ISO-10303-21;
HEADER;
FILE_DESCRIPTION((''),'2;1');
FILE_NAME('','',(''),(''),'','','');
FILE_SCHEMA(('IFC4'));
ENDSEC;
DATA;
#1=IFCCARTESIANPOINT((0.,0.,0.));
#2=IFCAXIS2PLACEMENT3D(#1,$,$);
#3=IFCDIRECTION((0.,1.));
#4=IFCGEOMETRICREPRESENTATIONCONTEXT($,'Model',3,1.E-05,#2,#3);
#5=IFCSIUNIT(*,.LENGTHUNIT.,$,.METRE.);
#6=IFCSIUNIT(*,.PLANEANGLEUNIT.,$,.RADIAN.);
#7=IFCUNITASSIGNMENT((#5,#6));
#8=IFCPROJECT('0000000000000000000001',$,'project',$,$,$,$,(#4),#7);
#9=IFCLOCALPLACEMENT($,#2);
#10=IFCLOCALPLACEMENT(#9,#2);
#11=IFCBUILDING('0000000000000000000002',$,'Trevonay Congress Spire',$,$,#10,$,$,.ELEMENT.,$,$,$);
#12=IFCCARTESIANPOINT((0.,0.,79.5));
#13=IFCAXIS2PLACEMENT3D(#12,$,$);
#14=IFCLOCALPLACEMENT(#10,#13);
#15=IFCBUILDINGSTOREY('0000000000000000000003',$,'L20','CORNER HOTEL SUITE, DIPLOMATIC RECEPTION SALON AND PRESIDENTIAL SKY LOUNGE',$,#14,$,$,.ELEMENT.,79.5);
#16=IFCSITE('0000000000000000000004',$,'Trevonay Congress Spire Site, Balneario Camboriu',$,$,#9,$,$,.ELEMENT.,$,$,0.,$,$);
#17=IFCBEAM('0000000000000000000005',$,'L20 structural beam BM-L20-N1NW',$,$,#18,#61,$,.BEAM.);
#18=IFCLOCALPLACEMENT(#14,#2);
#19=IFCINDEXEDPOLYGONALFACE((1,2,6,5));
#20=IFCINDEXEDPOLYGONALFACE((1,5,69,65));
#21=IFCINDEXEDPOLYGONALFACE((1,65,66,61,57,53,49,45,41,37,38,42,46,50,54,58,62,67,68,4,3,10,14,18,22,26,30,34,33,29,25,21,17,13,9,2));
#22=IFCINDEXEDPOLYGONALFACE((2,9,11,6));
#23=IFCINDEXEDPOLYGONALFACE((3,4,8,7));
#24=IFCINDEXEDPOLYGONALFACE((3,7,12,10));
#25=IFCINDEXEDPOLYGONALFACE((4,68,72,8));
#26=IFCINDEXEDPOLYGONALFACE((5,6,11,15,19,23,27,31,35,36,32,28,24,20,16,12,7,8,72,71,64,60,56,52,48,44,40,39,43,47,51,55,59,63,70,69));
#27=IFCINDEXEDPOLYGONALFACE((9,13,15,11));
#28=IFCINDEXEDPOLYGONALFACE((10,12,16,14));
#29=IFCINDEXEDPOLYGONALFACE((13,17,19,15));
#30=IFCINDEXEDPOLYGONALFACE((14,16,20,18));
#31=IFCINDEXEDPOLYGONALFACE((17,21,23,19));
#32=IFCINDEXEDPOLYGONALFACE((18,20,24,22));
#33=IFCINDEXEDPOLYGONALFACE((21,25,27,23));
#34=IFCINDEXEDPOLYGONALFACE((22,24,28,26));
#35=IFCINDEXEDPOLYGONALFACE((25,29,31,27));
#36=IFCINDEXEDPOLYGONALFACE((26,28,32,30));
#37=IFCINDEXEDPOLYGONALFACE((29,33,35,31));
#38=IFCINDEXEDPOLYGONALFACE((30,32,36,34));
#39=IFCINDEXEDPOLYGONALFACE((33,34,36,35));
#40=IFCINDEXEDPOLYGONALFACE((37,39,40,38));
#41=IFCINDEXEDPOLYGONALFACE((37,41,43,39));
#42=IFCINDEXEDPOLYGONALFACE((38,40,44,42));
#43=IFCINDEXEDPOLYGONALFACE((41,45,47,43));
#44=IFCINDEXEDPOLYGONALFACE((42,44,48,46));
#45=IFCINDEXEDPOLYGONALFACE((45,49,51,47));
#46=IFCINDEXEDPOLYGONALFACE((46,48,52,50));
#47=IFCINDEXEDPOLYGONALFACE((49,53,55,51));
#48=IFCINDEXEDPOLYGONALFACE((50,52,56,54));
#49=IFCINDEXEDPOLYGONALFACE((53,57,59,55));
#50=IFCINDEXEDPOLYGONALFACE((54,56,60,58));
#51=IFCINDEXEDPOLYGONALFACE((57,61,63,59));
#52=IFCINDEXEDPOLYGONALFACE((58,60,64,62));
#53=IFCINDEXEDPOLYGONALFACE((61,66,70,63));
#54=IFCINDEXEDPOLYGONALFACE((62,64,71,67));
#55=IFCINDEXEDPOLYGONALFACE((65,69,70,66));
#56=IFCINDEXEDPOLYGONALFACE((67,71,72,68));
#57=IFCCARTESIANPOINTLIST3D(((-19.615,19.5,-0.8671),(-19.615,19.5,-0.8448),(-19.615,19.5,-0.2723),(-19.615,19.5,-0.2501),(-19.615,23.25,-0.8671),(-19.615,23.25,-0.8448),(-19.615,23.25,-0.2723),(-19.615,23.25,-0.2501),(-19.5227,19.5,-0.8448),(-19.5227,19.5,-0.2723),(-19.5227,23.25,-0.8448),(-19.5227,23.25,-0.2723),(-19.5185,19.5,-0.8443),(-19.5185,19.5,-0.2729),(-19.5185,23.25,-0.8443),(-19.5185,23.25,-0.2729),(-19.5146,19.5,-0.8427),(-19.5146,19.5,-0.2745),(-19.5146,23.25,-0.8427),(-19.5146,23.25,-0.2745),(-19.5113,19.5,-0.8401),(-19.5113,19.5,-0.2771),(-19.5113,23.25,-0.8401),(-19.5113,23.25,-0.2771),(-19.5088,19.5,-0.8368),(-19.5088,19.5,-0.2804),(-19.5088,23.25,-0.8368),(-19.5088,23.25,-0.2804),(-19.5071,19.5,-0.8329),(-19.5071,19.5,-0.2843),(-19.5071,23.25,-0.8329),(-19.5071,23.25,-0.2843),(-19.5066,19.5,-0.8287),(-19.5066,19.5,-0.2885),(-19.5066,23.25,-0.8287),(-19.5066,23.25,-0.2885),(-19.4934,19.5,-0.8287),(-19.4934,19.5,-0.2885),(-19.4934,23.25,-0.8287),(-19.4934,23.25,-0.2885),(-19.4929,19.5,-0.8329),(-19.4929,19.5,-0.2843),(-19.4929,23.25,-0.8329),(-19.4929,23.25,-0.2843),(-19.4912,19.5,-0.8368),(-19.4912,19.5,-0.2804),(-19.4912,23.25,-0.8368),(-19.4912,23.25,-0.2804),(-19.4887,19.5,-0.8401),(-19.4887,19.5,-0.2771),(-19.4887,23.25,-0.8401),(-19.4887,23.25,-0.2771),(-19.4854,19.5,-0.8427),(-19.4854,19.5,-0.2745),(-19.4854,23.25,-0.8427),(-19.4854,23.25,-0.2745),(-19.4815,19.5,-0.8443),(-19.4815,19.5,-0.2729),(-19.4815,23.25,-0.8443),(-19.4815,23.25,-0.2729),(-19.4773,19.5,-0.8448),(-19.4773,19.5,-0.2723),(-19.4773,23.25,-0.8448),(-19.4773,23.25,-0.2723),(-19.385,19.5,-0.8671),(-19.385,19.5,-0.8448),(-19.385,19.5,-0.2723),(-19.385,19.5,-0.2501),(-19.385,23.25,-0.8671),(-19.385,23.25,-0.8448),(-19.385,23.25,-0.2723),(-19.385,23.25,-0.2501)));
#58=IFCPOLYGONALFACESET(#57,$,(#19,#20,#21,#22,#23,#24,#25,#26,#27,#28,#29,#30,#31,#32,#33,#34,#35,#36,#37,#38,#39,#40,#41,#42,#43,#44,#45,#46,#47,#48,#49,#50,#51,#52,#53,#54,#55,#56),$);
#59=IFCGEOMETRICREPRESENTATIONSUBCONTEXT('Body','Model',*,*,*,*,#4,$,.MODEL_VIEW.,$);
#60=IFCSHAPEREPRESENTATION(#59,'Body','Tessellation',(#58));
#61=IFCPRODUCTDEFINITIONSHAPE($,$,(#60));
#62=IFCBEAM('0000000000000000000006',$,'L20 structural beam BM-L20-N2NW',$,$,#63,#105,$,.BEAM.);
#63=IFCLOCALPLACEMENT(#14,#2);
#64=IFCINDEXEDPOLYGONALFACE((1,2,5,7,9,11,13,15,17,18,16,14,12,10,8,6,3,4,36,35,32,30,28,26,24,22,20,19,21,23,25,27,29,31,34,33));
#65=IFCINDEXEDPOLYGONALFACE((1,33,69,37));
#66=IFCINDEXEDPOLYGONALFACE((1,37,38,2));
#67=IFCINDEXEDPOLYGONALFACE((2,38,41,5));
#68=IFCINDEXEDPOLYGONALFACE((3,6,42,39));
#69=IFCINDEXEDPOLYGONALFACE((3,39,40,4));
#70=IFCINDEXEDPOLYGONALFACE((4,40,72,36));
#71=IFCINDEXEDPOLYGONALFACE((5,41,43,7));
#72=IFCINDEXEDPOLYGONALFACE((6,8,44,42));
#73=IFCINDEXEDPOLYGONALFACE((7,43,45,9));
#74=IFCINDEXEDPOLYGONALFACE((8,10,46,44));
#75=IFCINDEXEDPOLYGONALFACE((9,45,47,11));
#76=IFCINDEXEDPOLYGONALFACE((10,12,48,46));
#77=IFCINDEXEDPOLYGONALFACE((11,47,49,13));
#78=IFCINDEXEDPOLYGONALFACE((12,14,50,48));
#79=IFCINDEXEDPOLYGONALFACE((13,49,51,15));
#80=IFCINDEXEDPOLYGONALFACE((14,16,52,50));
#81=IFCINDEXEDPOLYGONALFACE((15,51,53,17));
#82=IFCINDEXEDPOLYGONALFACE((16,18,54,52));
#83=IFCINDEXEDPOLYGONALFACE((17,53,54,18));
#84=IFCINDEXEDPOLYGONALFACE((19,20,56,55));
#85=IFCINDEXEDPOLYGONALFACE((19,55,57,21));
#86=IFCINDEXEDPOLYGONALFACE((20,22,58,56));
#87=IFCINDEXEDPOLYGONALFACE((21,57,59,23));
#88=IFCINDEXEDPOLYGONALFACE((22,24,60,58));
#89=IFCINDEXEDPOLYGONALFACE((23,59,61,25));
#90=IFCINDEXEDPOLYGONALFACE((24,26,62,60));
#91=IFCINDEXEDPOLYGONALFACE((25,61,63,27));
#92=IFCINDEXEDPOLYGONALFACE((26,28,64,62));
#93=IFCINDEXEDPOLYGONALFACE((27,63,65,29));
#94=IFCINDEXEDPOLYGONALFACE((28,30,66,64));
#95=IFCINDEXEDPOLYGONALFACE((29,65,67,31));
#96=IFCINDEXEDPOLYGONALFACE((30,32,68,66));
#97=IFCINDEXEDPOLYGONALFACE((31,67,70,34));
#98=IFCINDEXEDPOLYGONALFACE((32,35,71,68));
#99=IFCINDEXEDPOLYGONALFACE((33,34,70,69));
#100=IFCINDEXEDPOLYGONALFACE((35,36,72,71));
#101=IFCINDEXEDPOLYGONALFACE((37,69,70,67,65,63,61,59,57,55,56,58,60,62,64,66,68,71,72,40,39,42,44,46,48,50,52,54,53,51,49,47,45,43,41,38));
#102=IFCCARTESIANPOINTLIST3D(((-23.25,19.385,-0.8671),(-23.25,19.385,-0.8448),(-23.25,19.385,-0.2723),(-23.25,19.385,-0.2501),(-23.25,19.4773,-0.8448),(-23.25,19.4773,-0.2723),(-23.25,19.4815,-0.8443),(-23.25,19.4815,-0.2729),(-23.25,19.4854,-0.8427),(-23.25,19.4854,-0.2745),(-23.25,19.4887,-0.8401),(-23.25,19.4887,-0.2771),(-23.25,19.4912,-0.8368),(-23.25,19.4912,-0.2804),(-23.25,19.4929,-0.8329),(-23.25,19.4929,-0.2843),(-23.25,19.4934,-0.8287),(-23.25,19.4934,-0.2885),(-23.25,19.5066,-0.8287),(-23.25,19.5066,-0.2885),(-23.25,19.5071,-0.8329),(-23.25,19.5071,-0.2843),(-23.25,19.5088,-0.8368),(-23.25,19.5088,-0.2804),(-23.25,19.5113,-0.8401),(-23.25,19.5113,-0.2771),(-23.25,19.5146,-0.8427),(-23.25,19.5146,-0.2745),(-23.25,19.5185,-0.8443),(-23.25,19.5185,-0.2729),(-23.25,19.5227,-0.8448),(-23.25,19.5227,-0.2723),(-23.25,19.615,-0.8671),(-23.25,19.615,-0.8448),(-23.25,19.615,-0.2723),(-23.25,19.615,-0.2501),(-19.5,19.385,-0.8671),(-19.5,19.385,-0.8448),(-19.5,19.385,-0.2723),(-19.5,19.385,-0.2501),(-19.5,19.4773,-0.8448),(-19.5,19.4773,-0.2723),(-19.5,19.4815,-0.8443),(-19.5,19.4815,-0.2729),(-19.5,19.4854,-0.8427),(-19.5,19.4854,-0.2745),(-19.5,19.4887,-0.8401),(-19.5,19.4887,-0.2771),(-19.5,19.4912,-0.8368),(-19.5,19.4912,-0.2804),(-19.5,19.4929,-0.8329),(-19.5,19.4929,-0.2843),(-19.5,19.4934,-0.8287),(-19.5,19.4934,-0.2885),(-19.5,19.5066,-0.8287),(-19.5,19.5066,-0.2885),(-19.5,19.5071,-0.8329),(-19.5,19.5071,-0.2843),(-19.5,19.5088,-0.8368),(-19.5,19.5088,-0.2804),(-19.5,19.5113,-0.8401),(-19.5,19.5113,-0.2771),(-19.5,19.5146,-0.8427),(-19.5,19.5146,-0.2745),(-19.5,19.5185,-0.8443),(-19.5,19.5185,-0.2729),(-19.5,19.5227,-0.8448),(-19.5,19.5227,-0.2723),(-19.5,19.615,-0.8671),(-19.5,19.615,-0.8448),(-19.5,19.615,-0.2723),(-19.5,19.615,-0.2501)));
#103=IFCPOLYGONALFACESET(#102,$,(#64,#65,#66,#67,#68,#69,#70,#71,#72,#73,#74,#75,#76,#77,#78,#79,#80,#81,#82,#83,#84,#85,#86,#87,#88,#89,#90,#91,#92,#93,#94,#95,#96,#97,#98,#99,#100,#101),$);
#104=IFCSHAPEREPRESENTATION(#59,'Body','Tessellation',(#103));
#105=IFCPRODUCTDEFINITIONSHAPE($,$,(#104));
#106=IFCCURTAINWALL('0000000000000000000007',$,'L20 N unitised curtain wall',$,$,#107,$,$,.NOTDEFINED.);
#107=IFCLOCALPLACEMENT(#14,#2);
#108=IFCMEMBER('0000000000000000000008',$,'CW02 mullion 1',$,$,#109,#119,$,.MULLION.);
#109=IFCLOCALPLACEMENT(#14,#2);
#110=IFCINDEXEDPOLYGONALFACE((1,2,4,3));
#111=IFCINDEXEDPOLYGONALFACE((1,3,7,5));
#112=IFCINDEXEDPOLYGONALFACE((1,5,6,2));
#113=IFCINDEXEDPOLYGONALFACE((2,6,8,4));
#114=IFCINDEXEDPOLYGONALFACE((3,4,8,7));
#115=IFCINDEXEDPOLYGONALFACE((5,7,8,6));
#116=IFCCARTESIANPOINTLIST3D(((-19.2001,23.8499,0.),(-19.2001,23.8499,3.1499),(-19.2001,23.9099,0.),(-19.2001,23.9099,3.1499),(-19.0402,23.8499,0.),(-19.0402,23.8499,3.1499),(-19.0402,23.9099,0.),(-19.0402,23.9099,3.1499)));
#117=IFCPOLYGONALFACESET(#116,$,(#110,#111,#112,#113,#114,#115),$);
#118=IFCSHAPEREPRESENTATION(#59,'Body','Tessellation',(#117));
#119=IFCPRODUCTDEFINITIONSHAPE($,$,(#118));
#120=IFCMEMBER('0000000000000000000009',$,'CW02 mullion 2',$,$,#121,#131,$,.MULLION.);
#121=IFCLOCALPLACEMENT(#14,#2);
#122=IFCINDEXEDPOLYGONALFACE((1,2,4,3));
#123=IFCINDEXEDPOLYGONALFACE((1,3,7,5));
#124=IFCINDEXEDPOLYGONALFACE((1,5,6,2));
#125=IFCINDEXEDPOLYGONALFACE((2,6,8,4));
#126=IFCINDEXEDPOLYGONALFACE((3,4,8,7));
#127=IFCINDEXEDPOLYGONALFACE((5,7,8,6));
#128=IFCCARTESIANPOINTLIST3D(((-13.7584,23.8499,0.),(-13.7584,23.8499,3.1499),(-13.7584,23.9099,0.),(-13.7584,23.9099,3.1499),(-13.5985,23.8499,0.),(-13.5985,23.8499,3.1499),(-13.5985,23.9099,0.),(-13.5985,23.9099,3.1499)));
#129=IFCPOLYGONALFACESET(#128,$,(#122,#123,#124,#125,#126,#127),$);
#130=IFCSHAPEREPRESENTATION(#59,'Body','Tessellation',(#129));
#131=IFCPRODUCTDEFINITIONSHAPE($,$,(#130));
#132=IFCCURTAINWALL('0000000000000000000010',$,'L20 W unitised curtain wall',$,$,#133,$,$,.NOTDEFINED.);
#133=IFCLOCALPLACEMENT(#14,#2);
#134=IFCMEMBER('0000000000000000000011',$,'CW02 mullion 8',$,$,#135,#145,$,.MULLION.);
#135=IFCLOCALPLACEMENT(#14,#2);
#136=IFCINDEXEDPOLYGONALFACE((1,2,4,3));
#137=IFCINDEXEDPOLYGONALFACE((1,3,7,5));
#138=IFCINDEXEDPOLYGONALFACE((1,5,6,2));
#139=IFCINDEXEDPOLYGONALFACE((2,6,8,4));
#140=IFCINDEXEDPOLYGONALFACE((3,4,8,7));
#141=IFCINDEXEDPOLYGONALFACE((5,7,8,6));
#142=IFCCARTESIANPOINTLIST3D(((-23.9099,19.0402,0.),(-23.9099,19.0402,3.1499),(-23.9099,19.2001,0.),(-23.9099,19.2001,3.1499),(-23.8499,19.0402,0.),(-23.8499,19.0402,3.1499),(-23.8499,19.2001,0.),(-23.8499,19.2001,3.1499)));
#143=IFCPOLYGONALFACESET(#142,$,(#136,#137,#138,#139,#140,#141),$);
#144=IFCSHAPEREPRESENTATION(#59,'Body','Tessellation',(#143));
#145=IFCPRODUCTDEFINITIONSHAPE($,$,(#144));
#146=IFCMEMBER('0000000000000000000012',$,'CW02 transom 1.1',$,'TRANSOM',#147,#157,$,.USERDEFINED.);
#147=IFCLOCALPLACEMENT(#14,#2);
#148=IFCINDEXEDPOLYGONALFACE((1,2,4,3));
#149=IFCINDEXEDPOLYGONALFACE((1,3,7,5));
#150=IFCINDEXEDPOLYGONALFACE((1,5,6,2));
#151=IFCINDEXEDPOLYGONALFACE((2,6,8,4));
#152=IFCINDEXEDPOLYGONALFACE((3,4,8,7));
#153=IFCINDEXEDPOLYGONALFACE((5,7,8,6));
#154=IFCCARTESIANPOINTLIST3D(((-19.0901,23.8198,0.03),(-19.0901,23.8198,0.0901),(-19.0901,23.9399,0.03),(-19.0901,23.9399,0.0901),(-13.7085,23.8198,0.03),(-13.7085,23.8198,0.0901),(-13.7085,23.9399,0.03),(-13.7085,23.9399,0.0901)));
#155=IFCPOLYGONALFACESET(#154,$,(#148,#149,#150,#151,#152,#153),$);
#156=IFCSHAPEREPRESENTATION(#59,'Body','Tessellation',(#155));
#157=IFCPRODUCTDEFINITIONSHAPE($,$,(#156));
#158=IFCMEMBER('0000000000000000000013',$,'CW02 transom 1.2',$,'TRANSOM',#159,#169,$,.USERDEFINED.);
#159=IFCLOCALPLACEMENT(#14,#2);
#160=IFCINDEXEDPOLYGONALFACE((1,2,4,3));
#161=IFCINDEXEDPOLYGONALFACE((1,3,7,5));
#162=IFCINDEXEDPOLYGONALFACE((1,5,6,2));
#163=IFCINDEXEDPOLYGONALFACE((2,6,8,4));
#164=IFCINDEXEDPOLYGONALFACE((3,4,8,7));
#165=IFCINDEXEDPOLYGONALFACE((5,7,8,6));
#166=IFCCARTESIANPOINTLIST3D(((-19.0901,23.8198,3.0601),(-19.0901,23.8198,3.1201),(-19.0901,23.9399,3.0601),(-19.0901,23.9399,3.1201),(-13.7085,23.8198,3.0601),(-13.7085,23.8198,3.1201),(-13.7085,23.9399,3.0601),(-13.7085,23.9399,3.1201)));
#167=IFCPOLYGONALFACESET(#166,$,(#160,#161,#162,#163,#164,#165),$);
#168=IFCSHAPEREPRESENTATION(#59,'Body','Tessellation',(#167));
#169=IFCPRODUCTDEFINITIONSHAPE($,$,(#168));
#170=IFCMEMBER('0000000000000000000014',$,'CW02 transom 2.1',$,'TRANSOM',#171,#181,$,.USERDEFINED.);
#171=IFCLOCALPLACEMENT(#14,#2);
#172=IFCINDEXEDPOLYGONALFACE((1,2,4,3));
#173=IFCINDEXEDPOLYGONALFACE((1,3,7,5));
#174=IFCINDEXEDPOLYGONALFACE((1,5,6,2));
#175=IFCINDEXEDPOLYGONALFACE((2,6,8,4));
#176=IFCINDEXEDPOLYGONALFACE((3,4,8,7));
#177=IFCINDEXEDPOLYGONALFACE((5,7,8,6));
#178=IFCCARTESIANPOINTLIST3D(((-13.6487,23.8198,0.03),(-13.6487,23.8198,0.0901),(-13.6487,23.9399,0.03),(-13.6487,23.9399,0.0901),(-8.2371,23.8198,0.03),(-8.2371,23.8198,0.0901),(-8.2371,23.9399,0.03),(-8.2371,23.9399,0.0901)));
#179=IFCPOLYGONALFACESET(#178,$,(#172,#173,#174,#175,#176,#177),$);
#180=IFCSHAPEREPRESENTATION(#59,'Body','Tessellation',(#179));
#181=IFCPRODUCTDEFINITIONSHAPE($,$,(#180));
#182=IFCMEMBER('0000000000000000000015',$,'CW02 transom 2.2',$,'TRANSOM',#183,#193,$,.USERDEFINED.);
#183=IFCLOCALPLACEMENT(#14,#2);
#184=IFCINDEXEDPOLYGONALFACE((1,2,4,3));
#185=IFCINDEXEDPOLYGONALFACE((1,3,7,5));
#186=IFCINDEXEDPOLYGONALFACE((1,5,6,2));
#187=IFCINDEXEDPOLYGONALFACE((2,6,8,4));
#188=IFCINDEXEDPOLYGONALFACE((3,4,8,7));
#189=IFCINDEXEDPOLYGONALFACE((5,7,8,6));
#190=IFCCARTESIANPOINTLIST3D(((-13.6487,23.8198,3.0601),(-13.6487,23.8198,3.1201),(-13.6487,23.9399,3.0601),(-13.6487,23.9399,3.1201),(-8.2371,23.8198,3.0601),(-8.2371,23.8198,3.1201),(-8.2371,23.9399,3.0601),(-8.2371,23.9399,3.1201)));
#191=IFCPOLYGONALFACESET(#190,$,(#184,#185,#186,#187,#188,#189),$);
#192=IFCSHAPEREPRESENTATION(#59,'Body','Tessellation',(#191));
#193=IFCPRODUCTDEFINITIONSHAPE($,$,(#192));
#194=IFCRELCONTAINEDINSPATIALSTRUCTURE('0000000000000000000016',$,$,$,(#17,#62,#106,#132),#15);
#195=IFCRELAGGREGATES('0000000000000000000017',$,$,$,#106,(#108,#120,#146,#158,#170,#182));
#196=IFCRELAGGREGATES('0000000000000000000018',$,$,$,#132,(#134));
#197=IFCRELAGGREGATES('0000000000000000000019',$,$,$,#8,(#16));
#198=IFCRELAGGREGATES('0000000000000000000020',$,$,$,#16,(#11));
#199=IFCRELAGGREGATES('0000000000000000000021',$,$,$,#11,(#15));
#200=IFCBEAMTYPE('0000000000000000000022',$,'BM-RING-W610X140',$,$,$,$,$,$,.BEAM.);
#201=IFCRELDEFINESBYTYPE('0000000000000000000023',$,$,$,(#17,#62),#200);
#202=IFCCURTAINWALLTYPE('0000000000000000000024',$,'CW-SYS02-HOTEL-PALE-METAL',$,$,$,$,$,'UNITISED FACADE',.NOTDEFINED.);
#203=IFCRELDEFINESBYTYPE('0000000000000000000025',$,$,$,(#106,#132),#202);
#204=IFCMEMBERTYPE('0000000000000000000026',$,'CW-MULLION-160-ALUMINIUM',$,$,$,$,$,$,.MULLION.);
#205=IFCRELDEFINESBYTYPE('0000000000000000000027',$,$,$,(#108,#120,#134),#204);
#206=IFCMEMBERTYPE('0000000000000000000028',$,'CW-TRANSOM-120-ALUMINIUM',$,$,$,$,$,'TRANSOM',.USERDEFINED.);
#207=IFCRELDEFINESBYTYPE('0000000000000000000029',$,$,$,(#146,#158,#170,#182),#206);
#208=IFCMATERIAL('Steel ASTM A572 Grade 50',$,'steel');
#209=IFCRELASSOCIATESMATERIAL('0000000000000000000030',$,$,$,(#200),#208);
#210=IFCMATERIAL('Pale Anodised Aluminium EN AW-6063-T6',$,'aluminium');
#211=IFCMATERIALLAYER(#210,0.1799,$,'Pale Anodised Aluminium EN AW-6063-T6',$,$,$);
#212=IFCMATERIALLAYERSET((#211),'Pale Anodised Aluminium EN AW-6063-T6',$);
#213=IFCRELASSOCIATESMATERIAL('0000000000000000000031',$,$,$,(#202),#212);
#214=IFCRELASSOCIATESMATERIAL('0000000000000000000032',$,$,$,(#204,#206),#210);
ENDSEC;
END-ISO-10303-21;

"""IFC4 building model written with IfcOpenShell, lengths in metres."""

from ifc_helpers import new_model, si_unit, direction, frame, origin, origin_2d, place, context, subcontext, project, spatial, rectangle, i_section, extrude, material, layer, layer_set, material_profile, profile_set, type_object, element, aggregate, save


model = new_model("IFC4")

# Units and contexts
model_context = context("Model", 3, precision=1e-05, world=origin(), true_north=direction((0.0, 1.0)))
body_context = subcontext(model_context, "Body", "Model", "MODEL_VIEW")
ifc_project = project(units=[si_unit("LENGTHUNIT", "METRE"), si_unit("PLANEANGLEUNIT", "RADIAN")], contexts=[model_context])

# Site, building, storey
site_placement = place(None, origin())
site = spatial("IfcSite", under=ifc_project, at=site_placement, Name="Trevonay Congress Spire Site, Balneario Camboriu", CompositionType="ELEMENT", RefElevation=0.0)
building_placement = place(site_placement, origin())
building = spatial("IfcBuilding", under=site, at=building_placement, Name="Trevonay Congress Spire", CompositionType="ELEMENT")
storey_placement = place(building_placement, frame((0.0, 0.0, 79.5)))
storey = spatial("IfcBuildingStorey", under=building, at=storey_placement, Name="L20", Description="CORNER HOTEL SUITE, DIPLOMATIC RECEPTION SALON AND PRESIDENTIAL SKY LOUNGE", CompositionType="ELEMENT", Elevation=79.5)

# Shared definitions
ifc_material_1 = material(Name="Steel ASTM A572 Grade 50", Category="steel")

# Beams
ifc_material_profile_1 = material_profile(ifc_material_1, i_section(OverallWidth=0.23, OverallDepth=0.6169, WebThickness=0.0132, FlangeThickness=0.0222, FilletRadius=0.0161, at=origin_2d()), Name="W610x140")
ifc_profile_set_1 = profile_set([ifc_material_profile_1], Name="Steel ASTM A572 Grade 50")
beam_type_1 = type_object("IfcBeamType", Name="BM-RING-W610X140", PredefinedType="BEAM", material=ifc_profile_set_1)
for number, where, z_axis, x_axis, name in (
    (1, (-19.5, 23.25, -0.5586), (0.0, -1.0, 0.0), (1.0, 0.0, 0.0), "L20 structural beam BM-L20-N1NW"),
    (2, (-23.25, 19.5, -0.5586), (1.0, 0.0, 0.0), (0.0, 1.0, 0.0), "L20 structural beam BM-L20-N2NW"),
):
    element("IfcBeam", number, at=place(storey_placement, frame(where, z_axis=z_axis, x_axis=x_axis)), inside=storey, type_object=beam_type_1, Name=name, PredefinedType="BEAM", context=body_context, shape_type="SweptSolid", body=[
        extrude(i_section(OverallWidth=0.23, OverallDepth=0.6169, WebThickness=0.0132, FlangeThickness=0.0222, FilletRadius=0.0161, at=origin_2d()), origin(), (0.0, 0.0, 1.0), 3.75),
    ])

# Curtain wall, members
ifc_material_2 = material(Name="Pale Anodised Aluminium EN AW-6063-T6", Category="aluminium")
ifc_layer_1 = layer(ifc_material_2, 0.1799, Name="Pale Anodised Aluminium EN AW-6063-T6")
ifc_layer_set_1 = layer_set([ifc_layer_1], Name="Pale Anodised Aluminium EN AW-6063-T6")
curtain_wall_type = type_object("IfcCurtainWallType", Name="CW-SYS02-HOTEL-PALE-METAL", ElementType="UNITISED FACADE", PredefinedType="NOTDEFINED", material=ifc_layer_set_1)
curtain_wall_1_placement = place(storey_placement, origin())
curtain_wall_1 = element("IfcCurtainWall", 3, at=curtain_wall_1_placement, inside=storey, type_object=curtain_wall_type, Name="L20 N unitised curtain wall", PredefinedType="NOTDEFINED")
ifc_material_profile_2 = material_profile(ifc_material_2, rectangle(XDim=0.0601, YDim=0.1599, at=origin_2d()), Name="CW-MULLION-160-ALUMINIUM")
ifc_profile_set_2 = profile_set([ifc_material_profile_2], Name="Pale Anodised Aluminium EN AW-6063-T6")
member_type_1 = type_object("IfcMemberType", Name="CW-MULLION-160-ALUMINIUM", PredefinedType="MULLION", material=ifc_profile_set_2)
member_1_placement = place(storey_placement, frame((-19.1201, 23.8799, 0.0), z_axis=(0.0, 0.0, 1.0), x_axis=(0.0, 1.0, 0.0)))
member_1 = element("IfcMember", 4, at=member_1_placement, type_object=member_type_1, Name="CW02 mullion 1", PredefinedType="MULLION", context=body_context, shape_type="SweptSolid", body=[
    extrude(rectangle(XDim=0.0601, YDim=0.1599, at=origin_2d()), origin(), (0.0, 0.0, 1.0), 3.1499),
])
member_2_placement = place(storey_placement, frame((-13.6785, 23.8799, 0.0), z_axis=(0.0, 0.0, 1.0), x_axis=(0.0, 1.0, 0.0)))
member_2 = element("IfcMember", 5, at=member_2_placement, type_object=member_type_1, Name="CW02 mullion 2", PredefinedType="MULLION", context=body_context, shape_type="SweptSolid", body=[
    extrude(rectangle(XDim=0.0601, YDim=0.1599, at=origin_2d()), origin(), (0.0, 0.0, 1.0), 3.1499),
])

# Curtain wall, member
curtain_wall_2_placement = place(storey_placement, origin())
curtain_wall_2 = element("IfcCurtainWall", 6, at=curtain_wall_2_placement, inside=storey, type_object=curtain_wall_type, Name="L20 W unitised curtain wall", PredefinedType="NOTDEFINED")
member_3_placement = place(storey_placement, frame((-23.8799, 19.1201, 0.0), z_axis=(0.0, 0.0, 1.0), x_axis=(-1.0, 0.0, 0.0)))
member_3 = element("IfcMember", 7, at=member_3_placement, type_object=member_type_1, Name="CW02 mullion 8", PredefinedType="MULLION", context=body_context, shape_type="SweptSolid", body=[
    extrude(rectangle(XDim=0.0601, YDim=0.1599, at=origin_2d()), origin(), (0.0, 0.0, 1.0), 3.1499),
])

# Members
ifc_material_profile_3 = material_profile(ifc_material_2, rectangle(XDim=0.1201, YDim=0.0601, at=origin_2d()), Name="CW-TRANSOM-120-ALUMINIUM")
ifc_profile_set_3 = profile_set([ifc_material_profile_3], Name="Pale Anodised Aluminium EN AW-6063-T6")
member_type_2 = type_object("IfcMemberType", Name="CW-TRANSOM-120-ALUMINIUM", ElementType="TRANSOM", PredefinedType="USERDEFINED", material=ifc_profile_set_3)
member_4_placement = place(storey_placement, frame((-19.0901, 23.8799, 0.0601), z_axis=(1.0, 0.0, 0.0), x_axis=(0.0, 1.0, 0.0)))
member_4 = element("IfcMember", 8, at=member_4_placement, type_object=member_type_2, Name="CW02 transom 1.1", ObjectType="TRANSOM", PredefinedType="USERDEFINED", context=body_context, shape_type="SweptSolid", body=[
    extrude(rectangle(XDim=0.1201, YDim=0.0601, at=origin_2d()), origin(), (0.0, 0.0, 1.0), 5.3816),
])
member_5_placement = place(storey_placement, frame((-19.0901, 23.8799, 3.0901), z_axis=(1.0, 0.0, 0.0), x_axis=(0.0, 1.0, 0.0)))
member_5 = element("IfcMember", 9, at=member_5_placement, type_object=member_type_2, Name="CW02 transom 1.2", ObjectType="TRANSOM", PredefinedType="USERDEFINED", context=body_context, shape_type="SweptSolid", body=[
    extrude(rectangle(XDim=0.1201, YDim=0.0601, at=origin_2d()), origin(), (0.0, 0.0, 1.0), 5.3816),
])
member_6_placement = place(storey_placement, frame((-13.6487, 23.8799, 0.0601), z_axis=(1.0, 0.0, 0.0), x_axis=(0.0, 1.0, 0.0)))
member_6 = element("IfcMember", 10, at=member_6_placement, type_object=member_type_2, Name="CW02 transom 2.1", ObjectType="TRANSOM", PredefinedType="USERDEFINED", context=body_context, shape_type="SweptSolid", body=[
    extrude(rectangle(XDim=0.1201, YDim=0.0601, at=origin_2d()), origin(), (0.0, 0.0, 1.0), 5.4116),
])
member_7_placement = place(storey_placement, frame((-13.6487, 23.8799, 3.0901), z_axis=(1.0, 0.0, 0.0), x_axis=(0.0, 1.0, 0.0)))
member_7 = element("IfcMember", 11, at=member_7_placement, type_object=member_type_2, Name="CW02 transom 2.2", ObjectType="TRANSOM", PredefinedType="USERDEFINED", context=body_context, shape_type="SweptSolid", body=[
    extrude(rectangle(XDim=0.1201, YDim=0.0601, at=origin_2d()), origin(), (0.0, 0.0, 1.0), 5.4116),
])

aggregate(curtain_wall_1, [member_1, member_2, member_4, member_5, member_6, member_7])
aggregate(curtain_wall_2, [member_3])

save(model, "model.ifc")
